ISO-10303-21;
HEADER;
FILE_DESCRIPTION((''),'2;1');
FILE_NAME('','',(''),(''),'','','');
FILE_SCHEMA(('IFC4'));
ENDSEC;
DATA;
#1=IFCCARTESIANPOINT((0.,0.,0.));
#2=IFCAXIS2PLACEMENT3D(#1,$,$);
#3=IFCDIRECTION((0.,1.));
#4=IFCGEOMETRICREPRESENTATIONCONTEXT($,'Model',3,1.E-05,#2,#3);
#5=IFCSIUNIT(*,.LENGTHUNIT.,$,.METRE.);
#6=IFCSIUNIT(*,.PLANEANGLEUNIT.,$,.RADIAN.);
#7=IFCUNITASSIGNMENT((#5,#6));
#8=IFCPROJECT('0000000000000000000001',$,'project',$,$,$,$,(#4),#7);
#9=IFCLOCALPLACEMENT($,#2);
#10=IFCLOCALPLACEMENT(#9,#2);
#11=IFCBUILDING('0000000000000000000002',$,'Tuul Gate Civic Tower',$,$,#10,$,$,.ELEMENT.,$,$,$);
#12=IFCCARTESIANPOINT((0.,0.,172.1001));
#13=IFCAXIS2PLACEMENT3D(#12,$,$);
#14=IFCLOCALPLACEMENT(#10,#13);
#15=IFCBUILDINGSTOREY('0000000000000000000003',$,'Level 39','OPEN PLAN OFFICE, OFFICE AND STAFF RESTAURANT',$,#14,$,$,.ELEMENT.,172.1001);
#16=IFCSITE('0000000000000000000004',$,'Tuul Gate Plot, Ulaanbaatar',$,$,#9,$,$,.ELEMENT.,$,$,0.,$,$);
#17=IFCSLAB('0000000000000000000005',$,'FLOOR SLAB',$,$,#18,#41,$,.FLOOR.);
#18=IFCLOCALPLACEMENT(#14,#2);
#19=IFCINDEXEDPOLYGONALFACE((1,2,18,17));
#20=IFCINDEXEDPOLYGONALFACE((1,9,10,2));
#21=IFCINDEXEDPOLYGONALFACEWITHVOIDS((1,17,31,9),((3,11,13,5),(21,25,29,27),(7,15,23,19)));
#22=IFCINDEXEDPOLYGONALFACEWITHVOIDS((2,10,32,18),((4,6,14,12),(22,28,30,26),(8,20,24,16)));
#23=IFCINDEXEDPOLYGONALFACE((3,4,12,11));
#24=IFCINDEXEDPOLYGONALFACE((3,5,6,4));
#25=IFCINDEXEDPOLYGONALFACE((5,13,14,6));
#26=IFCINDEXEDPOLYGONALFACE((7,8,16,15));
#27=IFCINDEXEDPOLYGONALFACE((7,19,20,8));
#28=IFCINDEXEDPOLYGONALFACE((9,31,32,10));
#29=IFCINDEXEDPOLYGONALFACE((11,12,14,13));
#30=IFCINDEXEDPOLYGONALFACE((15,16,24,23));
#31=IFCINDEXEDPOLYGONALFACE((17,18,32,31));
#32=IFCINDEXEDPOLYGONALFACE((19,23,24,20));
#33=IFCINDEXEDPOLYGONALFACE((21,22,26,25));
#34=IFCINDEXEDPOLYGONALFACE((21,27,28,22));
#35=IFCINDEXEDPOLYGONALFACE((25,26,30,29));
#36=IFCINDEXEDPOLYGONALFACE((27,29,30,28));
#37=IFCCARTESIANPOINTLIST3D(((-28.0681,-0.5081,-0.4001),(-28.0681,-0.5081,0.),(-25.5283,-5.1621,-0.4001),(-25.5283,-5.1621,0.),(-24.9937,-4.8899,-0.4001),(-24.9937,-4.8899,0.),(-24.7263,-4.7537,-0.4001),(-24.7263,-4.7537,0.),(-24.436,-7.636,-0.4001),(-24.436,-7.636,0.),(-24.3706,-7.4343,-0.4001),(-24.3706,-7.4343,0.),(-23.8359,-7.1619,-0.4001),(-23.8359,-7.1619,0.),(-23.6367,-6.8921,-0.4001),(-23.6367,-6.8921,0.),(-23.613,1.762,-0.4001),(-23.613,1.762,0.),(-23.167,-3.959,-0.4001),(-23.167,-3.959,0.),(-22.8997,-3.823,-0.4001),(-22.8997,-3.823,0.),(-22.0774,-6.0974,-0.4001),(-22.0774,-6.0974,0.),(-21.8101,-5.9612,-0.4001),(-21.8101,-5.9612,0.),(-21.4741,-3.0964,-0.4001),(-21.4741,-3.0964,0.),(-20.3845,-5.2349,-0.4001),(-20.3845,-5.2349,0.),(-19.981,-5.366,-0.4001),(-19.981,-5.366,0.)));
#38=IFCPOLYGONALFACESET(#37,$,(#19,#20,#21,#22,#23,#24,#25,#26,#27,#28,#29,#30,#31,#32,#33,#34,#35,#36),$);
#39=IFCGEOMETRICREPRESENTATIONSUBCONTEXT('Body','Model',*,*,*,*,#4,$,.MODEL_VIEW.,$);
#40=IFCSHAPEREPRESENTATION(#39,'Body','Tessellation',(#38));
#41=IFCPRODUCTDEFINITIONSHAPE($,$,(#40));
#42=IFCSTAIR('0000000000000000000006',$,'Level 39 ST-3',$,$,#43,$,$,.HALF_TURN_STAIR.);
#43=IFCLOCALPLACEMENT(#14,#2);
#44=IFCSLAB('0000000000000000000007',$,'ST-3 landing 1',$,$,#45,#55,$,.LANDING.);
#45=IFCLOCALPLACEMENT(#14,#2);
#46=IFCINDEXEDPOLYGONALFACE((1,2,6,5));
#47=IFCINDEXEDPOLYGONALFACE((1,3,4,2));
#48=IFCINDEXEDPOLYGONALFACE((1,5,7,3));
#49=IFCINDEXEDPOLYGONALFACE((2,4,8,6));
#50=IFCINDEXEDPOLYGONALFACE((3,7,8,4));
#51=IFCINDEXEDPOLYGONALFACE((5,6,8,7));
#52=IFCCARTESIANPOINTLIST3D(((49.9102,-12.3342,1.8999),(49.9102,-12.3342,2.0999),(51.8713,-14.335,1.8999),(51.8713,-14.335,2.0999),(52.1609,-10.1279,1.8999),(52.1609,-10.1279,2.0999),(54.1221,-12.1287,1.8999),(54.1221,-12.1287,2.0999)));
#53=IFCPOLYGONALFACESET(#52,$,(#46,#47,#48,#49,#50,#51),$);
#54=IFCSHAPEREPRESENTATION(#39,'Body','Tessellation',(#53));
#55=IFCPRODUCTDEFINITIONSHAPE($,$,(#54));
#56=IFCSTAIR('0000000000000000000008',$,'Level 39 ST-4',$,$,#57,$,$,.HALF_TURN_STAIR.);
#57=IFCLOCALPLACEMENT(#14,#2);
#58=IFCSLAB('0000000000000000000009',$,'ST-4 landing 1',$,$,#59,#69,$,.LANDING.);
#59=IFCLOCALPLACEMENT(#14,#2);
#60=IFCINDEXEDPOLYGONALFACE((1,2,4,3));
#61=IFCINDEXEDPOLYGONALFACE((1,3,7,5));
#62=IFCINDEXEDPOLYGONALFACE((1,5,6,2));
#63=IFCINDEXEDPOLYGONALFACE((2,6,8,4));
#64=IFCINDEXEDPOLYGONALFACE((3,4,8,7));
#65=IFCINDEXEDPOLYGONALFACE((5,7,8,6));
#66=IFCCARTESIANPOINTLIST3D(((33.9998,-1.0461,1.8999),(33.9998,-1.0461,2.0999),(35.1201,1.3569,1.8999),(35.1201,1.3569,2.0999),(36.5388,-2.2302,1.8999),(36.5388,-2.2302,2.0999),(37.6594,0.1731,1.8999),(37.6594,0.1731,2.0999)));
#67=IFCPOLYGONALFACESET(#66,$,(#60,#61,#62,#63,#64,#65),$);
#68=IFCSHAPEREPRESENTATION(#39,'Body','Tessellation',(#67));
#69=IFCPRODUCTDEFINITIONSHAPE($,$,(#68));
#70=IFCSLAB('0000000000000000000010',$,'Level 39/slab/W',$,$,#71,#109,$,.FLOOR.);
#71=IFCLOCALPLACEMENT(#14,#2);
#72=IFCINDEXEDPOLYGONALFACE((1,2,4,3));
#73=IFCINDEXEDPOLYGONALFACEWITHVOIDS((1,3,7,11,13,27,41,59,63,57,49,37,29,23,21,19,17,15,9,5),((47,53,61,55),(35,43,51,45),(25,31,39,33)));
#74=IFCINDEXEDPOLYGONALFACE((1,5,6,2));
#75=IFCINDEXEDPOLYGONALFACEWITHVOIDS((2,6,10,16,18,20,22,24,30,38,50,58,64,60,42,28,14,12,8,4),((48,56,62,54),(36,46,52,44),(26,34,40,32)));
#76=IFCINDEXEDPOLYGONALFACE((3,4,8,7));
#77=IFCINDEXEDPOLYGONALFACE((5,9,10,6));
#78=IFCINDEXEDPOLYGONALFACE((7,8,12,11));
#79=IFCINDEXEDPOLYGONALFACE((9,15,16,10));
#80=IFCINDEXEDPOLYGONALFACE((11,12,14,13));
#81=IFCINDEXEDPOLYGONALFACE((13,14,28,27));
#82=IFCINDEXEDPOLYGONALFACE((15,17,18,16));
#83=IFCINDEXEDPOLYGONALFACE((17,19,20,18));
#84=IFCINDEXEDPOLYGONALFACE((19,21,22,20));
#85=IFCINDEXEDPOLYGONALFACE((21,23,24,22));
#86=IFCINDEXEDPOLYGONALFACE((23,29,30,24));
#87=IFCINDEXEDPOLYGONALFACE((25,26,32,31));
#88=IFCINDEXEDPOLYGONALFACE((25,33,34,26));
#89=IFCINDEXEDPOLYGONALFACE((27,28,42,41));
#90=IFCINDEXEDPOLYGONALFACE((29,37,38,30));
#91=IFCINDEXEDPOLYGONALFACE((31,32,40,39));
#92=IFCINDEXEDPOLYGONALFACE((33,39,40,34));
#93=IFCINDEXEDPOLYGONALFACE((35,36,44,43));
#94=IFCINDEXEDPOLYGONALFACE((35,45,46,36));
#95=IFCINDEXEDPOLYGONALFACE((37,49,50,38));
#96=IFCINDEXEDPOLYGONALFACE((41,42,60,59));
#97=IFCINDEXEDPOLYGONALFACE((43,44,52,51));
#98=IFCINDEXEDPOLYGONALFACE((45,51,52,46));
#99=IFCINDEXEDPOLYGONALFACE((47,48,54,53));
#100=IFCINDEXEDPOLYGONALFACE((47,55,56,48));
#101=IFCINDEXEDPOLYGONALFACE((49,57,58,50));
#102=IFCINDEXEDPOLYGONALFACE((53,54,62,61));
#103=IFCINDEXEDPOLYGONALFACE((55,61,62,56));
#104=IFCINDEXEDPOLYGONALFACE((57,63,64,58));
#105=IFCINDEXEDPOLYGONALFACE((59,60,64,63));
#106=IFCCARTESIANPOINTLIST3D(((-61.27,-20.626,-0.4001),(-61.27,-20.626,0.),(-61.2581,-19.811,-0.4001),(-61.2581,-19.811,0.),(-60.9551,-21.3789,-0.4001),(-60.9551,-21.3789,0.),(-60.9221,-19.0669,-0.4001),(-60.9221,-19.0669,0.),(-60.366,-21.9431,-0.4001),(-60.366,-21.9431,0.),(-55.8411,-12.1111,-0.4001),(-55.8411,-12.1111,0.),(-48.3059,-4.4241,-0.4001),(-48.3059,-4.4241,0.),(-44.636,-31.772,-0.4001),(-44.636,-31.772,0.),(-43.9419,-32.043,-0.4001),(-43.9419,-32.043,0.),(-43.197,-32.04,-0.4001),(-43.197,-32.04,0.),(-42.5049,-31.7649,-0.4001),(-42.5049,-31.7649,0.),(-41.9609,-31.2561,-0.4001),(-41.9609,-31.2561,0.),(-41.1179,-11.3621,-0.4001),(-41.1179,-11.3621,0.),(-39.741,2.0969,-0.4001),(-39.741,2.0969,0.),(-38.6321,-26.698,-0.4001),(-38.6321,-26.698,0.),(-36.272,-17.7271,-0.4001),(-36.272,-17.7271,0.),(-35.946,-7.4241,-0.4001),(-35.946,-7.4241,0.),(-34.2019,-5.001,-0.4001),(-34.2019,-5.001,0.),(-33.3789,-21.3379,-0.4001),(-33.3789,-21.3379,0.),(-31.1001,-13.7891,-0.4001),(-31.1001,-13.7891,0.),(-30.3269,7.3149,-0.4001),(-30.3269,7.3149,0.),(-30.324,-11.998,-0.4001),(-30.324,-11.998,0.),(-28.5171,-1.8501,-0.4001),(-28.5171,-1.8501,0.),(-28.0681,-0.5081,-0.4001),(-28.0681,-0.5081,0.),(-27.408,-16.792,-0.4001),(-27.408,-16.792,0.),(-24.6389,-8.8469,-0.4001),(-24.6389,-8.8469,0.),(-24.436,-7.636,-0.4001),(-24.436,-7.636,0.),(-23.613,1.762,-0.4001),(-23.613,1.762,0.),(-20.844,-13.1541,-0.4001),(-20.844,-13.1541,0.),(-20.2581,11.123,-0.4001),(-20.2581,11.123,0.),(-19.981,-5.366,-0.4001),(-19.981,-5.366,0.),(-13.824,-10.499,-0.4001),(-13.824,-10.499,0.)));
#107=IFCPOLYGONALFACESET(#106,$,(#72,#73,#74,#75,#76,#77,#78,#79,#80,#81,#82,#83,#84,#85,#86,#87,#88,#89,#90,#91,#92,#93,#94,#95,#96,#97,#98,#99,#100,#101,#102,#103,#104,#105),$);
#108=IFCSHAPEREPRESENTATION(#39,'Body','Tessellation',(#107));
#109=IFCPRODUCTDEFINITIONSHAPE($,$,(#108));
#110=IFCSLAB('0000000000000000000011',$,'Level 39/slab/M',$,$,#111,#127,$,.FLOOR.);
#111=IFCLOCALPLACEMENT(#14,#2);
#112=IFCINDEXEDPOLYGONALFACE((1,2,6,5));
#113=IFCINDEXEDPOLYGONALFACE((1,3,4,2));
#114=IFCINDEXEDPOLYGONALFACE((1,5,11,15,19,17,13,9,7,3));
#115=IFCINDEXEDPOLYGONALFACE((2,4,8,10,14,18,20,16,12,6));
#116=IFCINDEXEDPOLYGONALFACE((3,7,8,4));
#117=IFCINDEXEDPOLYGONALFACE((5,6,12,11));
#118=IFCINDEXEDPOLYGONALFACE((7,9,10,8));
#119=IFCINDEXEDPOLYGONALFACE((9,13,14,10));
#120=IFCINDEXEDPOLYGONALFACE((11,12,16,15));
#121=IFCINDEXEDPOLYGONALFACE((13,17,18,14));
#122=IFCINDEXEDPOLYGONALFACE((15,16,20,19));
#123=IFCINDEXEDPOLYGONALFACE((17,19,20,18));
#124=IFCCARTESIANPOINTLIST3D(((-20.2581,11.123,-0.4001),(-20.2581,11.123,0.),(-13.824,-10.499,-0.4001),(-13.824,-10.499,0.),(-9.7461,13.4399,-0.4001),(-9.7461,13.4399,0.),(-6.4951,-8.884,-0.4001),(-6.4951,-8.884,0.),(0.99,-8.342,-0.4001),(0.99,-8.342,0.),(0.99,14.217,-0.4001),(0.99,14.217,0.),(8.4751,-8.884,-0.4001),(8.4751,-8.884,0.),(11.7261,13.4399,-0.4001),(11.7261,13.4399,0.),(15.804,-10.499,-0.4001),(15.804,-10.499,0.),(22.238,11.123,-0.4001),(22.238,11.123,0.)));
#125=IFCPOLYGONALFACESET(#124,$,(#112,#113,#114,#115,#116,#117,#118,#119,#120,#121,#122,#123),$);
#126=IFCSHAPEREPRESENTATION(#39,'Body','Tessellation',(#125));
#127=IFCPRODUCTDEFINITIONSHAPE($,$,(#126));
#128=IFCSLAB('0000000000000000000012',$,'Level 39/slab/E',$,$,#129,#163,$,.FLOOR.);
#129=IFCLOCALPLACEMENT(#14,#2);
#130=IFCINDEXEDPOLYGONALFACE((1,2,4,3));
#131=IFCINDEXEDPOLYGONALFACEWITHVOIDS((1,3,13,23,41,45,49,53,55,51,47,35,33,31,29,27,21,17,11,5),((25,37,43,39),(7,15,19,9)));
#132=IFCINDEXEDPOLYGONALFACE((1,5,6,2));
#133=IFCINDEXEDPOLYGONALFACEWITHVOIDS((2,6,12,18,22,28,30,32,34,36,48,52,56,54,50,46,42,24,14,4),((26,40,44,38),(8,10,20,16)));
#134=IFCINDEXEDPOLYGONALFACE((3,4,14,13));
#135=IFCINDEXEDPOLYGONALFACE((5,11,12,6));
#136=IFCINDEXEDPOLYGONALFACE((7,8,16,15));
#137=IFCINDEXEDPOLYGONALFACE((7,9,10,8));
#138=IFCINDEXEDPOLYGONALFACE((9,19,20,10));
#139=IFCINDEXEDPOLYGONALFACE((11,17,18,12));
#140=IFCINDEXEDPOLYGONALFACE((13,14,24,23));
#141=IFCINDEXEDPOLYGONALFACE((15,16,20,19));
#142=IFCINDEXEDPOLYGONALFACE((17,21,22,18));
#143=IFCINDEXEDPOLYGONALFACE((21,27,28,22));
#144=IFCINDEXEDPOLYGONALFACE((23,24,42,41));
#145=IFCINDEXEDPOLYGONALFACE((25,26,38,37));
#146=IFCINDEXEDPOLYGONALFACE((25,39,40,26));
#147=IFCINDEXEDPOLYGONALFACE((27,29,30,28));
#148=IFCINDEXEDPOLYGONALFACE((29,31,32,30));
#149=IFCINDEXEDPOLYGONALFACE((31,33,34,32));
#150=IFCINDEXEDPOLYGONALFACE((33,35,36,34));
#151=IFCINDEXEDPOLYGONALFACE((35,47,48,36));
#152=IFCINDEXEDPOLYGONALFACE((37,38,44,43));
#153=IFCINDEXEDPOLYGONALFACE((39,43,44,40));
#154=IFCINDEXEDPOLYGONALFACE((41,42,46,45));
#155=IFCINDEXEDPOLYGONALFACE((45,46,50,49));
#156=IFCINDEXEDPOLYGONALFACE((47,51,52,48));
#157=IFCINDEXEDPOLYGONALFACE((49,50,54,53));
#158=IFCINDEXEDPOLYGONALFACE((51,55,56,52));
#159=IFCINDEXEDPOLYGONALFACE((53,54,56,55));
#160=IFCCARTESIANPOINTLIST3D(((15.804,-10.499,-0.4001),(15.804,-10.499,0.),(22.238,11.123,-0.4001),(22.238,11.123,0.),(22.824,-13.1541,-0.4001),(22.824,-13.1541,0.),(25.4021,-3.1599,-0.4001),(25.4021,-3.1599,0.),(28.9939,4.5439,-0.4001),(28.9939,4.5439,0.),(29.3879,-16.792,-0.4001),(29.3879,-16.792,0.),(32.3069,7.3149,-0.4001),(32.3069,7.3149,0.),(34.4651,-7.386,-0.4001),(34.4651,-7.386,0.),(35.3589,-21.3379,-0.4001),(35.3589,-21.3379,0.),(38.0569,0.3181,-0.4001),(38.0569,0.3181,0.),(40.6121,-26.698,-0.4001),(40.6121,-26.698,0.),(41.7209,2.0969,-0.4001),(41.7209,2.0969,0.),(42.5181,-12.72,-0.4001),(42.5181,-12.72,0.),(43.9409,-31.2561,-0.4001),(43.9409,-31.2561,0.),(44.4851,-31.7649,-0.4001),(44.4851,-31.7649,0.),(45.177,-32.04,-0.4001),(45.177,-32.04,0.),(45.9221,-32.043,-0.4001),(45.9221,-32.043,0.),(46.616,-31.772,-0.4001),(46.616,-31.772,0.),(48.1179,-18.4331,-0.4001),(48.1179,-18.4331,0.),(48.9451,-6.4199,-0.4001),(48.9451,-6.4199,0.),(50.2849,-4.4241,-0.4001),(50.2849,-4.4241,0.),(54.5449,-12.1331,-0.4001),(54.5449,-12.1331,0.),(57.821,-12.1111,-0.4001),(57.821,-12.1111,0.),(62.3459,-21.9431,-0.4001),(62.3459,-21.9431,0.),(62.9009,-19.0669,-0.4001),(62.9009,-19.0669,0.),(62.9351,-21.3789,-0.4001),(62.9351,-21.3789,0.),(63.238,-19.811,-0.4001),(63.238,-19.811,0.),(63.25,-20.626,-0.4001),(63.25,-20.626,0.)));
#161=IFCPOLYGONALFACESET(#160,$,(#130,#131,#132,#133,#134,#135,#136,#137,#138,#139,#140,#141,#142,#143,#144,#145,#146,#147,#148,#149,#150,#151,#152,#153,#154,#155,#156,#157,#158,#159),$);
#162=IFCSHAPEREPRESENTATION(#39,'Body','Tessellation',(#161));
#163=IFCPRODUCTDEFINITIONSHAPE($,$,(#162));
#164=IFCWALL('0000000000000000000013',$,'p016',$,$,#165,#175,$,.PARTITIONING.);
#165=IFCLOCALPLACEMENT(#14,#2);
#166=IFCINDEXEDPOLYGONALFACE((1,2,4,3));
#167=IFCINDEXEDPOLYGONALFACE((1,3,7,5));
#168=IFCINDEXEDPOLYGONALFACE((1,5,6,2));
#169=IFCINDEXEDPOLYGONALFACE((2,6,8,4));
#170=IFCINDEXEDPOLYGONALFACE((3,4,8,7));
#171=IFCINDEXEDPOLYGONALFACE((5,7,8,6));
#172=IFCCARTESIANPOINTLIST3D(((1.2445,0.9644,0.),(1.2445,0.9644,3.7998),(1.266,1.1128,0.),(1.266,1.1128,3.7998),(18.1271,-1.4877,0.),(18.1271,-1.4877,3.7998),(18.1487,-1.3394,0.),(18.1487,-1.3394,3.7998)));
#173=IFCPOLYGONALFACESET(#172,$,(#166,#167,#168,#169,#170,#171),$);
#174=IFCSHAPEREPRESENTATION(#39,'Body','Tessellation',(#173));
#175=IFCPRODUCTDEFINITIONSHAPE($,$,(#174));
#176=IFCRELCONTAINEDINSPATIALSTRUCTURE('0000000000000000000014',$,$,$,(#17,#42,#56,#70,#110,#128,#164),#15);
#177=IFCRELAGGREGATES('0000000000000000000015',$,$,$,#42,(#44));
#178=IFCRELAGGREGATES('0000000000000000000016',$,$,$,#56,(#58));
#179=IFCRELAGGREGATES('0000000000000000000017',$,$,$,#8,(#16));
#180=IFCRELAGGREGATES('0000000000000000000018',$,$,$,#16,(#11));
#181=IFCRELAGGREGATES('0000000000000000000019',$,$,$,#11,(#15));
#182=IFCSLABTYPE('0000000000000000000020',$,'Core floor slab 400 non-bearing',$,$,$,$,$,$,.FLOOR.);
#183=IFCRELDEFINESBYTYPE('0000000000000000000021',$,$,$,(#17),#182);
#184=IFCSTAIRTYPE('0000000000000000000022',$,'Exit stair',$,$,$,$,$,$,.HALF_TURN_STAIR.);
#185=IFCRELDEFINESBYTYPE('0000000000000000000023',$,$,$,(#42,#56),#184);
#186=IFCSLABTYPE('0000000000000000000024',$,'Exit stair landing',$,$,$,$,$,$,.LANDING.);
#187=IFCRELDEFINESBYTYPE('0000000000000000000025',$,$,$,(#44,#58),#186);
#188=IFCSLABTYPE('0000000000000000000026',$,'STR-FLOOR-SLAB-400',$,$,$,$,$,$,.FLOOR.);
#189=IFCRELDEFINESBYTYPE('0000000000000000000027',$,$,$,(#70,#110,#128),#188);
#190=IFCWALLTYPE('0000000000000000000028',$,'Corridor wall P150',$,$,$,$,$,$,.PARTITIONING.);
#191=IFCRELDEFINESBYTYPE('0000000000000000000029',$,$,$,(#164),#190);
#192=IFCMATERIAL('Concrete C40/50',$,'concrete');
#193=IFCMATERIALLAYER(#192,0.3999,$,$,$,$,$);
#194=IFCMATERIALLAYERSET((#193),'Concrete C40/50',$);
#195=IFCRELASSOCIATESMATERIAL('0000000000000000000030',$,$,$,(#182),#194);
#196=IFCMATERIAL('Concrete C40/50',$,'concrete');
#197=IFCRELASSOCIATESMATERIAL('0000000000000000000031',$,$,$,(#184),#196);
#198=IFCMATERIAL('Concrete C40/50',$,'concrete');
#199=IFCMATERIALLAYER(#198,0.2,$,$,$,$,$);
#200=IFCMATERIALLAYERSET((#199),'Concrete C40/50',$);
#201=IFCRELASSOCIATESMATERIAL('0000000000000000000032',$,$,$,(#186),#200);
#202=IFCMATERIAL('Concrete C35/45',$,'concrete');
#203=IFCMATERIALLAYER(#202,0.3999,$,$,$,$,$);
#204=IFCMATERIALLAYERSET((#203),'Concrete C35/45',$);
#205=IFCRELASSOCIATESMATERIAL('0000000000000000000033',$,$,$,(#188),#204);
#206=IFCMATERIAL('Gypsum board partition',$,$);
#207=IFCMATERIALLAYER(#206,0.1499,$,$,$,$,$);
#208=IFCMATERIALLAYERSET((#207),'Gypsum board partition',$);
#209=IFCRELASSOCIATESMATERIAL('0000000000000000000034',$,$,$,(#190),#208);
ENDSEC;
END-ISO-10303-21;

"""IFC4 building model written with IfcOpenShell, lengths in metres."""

from ifc_helpers import new_model, si_unit, direction, frame, frame_2d, origin, place, context, subcontext, project, spatial, polyline, rectangle, outline, extrude, material, layer, layer_set, type_object, element, aggregate, save


model = new_model("IFC4")

# Units and contexts
model_context = context("Model", 3, precision=1e-05, world=origin(), true_north=direction((0.0, 1.0)))
body_context = subcontext(model_context, "Body", "Model", "MODEL_VIEW")
ifc_project = project(units=[si_unit("LENGTHUNIT", "METRE"), si_unit("PLANEANGLEUNIT", "RADIAN")], contexts=[model_context])

# Site, building, storey
site_placement = place(None, origin())
site = spatial("IfcSite", under=ifc_project, at=site_placement, Name="Tuul Gate Plot, Ulaanbaatar", CompositionType="ELEMENT", RefElevation=0.0)
building_placement = place(site_placement, origin())
building = spatial("IfcBuilding", under=site, at=building_placement, Name="Tuul Gate Civic Tower", CompositionType="ELEMENT")
storey_placement = place(building_placement, frame((0.0, 0.0, 172.1001)))
storey = spatial("IfcBuildingStorey", under=building, at=storey_placement, Name="Level 39", Description="OPEN PLAN OFFICE, OFFICE AND STAFF RESTAURANT", CompositionType="ELEMENT", Elevation=172.1001)

# Slab
ifc_material_1 = material(Name="Concrete C40/50", Category="concrete")
ifc_layer_1 = layer(ifc_material_1, 0.3999)
ifc_layer_set_1 = layer_set([ifc_layer_1], Name="Concrete C40/50")
slab_type_1 = type_object("IfcSlabType", Name="Core floor slab 400 non-bearing", PredefinedType="FLOOR", material=ifc_layer_set_1)
slab_1_placement = place(storey_placement, frame((0.0, 0.0, -0.4001)))
element("IfcSlab", 1, at=slab_1_placement, inside=storey, type_object=slab_type_1, Name="FLOOR SLAB", PredefinedType="FLOOR", context=body_context, shape_type="SweptSolid", body=[
    extrude(outline(polyline([(-19.981, -5.366), (-23.613, 1.762), (-28.0681, -0.5081), (-24.436, -7.636), (-19.981, -5.366)]), holes=[polyline([(-20.3845, -5.2349), (-21.4741, -3.0964), (-22.8997, -3.823), (-21.8101, -5.9612), (-20.3845, -5.2349)]), polyline([(-22.0774, -6.0974), (-23.167, -3.959), (-24.7263, -4.7537), (-23.6367, -6.8921), (-22.0774, -6.0974)]), polyline([(-23.8359, -7.1619), (-24.9937, -4.8899), (-25.5283, -5.1621), (-24.3706, -7.4343), (-23.8359, -7.1619)])]), origin(), (0.0, 0.0, 1.0), 0.4001),
])

# Stairs, slabs
ifc_material_2 = material(Name="Concrete C40/50", Category="concrete")
stair_type = type_object("IfcStairType", Name="Exit stair", PredefinedType="HALF_TURN_STAIR", material=ifc_material_2)
stair_1_placement = place(storey_placement, origin())
stair_1 = element("IfcStair", 2, at=stair_1_placement, inside=storey, type_object=stair_type, Name="Level 39 ST-3", PredefinedType="HALF_TURN_STAIR")
ifc_material_3 = material(Name="Concrete C40/50", Category="concrete")
ifc_layer_2 = layer(ifc_material_3, 0.2)
ifc_layer_set_2 = layer_set([ifc_layer_2], Name="Concrete C40/50")
slab_type_2 = type_object("IfcSlabType", Name="Exit stair landing", PredefinedType="LANDING", material=ifc_layer_set_2)
slab_2_placement = place(storey_placement, frame((0.0, 0.0, 1.8999)))
slab_2 = element("IfcSlab", 3, at=slab_2_placement, type_object=slab_type_2, Name="ST-3 landing 1", PredefinedType="LANDING", context=body_context, shape_type="SweptSolid", body=[
    extrude(outline(polyline([(51.8713, -14.335), (49.9102, -12.3342), (52.1609, -10.1279), (54.1221, -12.1287), (51.8713, -14.335)])), origin(), (0.0, 0.0, 1.0), 0.2),
])
aggregate(stair_1, [slab_2])
stair_2_placement = place(storey_placement, origin())
stair_2 = element("IfcStair", 4, at=stair_2_placement, inside=storey, type_object=stair_type, Name="Level 39 ST-4", PredefinedType="HALF_TURN_STAIR")
slab_3_placement = place(storey_placement, frame((0.0, 0.0, 1.8999)))
slab_3 = element("IfcSlab", 5, at=slab_3_placement, type_object=slab_type_2, Name="ST-4 landing 1", PredefinedType="LANDING", context=body_context, shape_type="SweptSolid", body=[
    extrude(outline(polyline([(36.5388, -2.2302), (33.9998, -1.0461), (35.1201, 1.3569), (37.6594, 0.1731), (36.5388, -2.2302)])), origin(), (0.0, 0.0, 1.0), 0.2),
])
aggregate(stair_2, [slab_3])

# Slabs
ifc_material_4 = material(Name="Concrete C35/45", Category="concrete")
ifc_layer_3 = layer(ifc_material_4, 0.3999)
ifc_layer_set_3 = layer_set([ifc_layer_3], Name="Concrete C35/45")
slab_type_3 = type_object("IfcSlabType", Name="STR-FLOOR-SLAB-400", PredefinedType="FLOOR", material=ifc_layer_set_3)
slab_4_placement = place(storey_placement, frame((0.0, 0.0, -0.4001)))
element("IfcSlab", 6, at=slab_4_placement, inside=storey, type_object=slab_type_3, Name="Level 39/slab/W", PredefinedType="FLOOR", context=body_context, shape_type="SweptSolid", body=[
    extrude(outline(polyline([(-20.844, -13.1541), (-13.824, -10.499), (-20.2581, 11.123), (-30.3269, 7.3149), (-39.741, 2.0969), (-48.3059, -4.4241), (-55.8411, -12.1111), (-60.9221, -19.0669), (-61.2581, -19.811), (-61.27, -20.626), (-60.9551, -21.3789), (-60.366, -21.9431), (-44.636, -31.772), (-43.9419, -32.043), (-43.197, -32.04), (-42.5049, -31.7649), (-41.9609, -31.2561), (-38.6321, -26.698), (-33.3789, -21.3379), (-27.408, -16.792), (-20.844, -13.1541)]), holes=[polyline([(-31.1001, -13.7891), (-36.272, -17.7271), (-41.1179, -11.3621), (-35.946, -7.4241), (-31.1001, -13.7891)]), polyline([(-24.6389, -8.8469), (-30.324, -11.998), (-34.2019, -5.001), (-28.5171, -1.8501), (-24.6389, -8.8469)]), polyline([(-24.436, -7.636), (-28.0681, -0.5081), (-23.613, 1.762), (-19.981, -5.366), (-24.436, -7.636)])]), origin(), (0.0, 0.0, 1.0), 0.4001),
])
slab_5_placement = place(storey_placement, frame((0.0, 0.0, -0.4001)))
element("IfcSlab", 7, at=slab_5_placement, inside=storey, type_object=slab_type_3, Name="Level 39/slab/M", PredefinedType="FLOOR", context=body_context, shape_type="SweptSolid", body=[
    extrude(outline(polyline([(15.804, -10.499), (22.238, 11.123), (11.7261, 13.4399), (0.99, 14.217), (-9.7461, 13.4399), (-20.2581, 11.123), (-13.824, -10.499), (-6.4951, -8.884), (0.99, -8.342), (8.4751, -8.884), (15.804, -10.499)])), origin(), (0.0, 0.0, 1.0), 0.4001),
])
slab_6_placement = place(storey_placement, frame((0.0, 0.0, -0.4001)))
element("IfcSlab", 8, at=slab_6_placement, inside=storey, type_object=slab_type_3, Name="Level 39/slab/E", PredefinedType="FLOOR", context=body_context, shape_type="SweptSolid", body=[
    extrude(outline(polyline([(45.9221, -32.043), (46.616, -31.772), (62.3459, -21.9431), (62.9351, -21.3789), (63.25, -20.626), (63.238, -19.811), (62.9009, -19.0669), (57.821, -12.1111), (50.2849, -4.4241), (41.7209, 2.0969), (32.3069, 7.3149), (22.238, 11.123), (15.804, -10.499), (22.824, -13.1541), (29.3879, -16.792), (35.3589, -21.3379), (40.6121, -26.698), (43.9409, -31.2561), (44.4851, -31.7649), (45.177, -32.04), (45.9221, -32.043)]), holes=[polyline([(48.1179, -18.4331), (42.5181, -12.72), (48.9451, -6.4199), (54.5449, -12.1331), (48.1179, -18.4331)]), polyline([(25.4021, -3.1599), (28.9939, 4.5439), (38.0569, 0.3181), (34.4651, -7.386), (25.4021, -3.1599)])]), origin(), (0.0, 0.0, 1.0), 0.4001),
])

# Wall
ifc_material_5 = material(Name="Gypsum board partition")
ifc_layer_4 = layer(ifc_material_5, 0.1499)
ifc_layer_set_4 = layer_set([ifc_layer_4], Name="Gypsum board partition")
wall_type_1 = type_object("IfcWallType", Name="Corridor wall P150", PredefinedType="PARTITIONING", material=ifc_layer_set_4)
wall_1_placement = place(storey_placement, frame((1.2554, 1.0386, 0.0), z_axis=(0.0, 0.0, 1.0), x_axis=(0.989616, -0.143739, 0.0)))
element("IfcWall", 9, at=wall_1_placement, inside=storey, type_object=wall_type_1, Name="p016", PredefinedType="PARTITIONING", context=body_context, shape_type="SweptSolid", body=[
    extrude(rectangle(XDim=17.0598, YDim=0.1499, at=frame_2d((8.5298, 0.0))), origin(), (0.0, 0.0, 1.0), 3.7998),
])

save(model, "model.ifc")
